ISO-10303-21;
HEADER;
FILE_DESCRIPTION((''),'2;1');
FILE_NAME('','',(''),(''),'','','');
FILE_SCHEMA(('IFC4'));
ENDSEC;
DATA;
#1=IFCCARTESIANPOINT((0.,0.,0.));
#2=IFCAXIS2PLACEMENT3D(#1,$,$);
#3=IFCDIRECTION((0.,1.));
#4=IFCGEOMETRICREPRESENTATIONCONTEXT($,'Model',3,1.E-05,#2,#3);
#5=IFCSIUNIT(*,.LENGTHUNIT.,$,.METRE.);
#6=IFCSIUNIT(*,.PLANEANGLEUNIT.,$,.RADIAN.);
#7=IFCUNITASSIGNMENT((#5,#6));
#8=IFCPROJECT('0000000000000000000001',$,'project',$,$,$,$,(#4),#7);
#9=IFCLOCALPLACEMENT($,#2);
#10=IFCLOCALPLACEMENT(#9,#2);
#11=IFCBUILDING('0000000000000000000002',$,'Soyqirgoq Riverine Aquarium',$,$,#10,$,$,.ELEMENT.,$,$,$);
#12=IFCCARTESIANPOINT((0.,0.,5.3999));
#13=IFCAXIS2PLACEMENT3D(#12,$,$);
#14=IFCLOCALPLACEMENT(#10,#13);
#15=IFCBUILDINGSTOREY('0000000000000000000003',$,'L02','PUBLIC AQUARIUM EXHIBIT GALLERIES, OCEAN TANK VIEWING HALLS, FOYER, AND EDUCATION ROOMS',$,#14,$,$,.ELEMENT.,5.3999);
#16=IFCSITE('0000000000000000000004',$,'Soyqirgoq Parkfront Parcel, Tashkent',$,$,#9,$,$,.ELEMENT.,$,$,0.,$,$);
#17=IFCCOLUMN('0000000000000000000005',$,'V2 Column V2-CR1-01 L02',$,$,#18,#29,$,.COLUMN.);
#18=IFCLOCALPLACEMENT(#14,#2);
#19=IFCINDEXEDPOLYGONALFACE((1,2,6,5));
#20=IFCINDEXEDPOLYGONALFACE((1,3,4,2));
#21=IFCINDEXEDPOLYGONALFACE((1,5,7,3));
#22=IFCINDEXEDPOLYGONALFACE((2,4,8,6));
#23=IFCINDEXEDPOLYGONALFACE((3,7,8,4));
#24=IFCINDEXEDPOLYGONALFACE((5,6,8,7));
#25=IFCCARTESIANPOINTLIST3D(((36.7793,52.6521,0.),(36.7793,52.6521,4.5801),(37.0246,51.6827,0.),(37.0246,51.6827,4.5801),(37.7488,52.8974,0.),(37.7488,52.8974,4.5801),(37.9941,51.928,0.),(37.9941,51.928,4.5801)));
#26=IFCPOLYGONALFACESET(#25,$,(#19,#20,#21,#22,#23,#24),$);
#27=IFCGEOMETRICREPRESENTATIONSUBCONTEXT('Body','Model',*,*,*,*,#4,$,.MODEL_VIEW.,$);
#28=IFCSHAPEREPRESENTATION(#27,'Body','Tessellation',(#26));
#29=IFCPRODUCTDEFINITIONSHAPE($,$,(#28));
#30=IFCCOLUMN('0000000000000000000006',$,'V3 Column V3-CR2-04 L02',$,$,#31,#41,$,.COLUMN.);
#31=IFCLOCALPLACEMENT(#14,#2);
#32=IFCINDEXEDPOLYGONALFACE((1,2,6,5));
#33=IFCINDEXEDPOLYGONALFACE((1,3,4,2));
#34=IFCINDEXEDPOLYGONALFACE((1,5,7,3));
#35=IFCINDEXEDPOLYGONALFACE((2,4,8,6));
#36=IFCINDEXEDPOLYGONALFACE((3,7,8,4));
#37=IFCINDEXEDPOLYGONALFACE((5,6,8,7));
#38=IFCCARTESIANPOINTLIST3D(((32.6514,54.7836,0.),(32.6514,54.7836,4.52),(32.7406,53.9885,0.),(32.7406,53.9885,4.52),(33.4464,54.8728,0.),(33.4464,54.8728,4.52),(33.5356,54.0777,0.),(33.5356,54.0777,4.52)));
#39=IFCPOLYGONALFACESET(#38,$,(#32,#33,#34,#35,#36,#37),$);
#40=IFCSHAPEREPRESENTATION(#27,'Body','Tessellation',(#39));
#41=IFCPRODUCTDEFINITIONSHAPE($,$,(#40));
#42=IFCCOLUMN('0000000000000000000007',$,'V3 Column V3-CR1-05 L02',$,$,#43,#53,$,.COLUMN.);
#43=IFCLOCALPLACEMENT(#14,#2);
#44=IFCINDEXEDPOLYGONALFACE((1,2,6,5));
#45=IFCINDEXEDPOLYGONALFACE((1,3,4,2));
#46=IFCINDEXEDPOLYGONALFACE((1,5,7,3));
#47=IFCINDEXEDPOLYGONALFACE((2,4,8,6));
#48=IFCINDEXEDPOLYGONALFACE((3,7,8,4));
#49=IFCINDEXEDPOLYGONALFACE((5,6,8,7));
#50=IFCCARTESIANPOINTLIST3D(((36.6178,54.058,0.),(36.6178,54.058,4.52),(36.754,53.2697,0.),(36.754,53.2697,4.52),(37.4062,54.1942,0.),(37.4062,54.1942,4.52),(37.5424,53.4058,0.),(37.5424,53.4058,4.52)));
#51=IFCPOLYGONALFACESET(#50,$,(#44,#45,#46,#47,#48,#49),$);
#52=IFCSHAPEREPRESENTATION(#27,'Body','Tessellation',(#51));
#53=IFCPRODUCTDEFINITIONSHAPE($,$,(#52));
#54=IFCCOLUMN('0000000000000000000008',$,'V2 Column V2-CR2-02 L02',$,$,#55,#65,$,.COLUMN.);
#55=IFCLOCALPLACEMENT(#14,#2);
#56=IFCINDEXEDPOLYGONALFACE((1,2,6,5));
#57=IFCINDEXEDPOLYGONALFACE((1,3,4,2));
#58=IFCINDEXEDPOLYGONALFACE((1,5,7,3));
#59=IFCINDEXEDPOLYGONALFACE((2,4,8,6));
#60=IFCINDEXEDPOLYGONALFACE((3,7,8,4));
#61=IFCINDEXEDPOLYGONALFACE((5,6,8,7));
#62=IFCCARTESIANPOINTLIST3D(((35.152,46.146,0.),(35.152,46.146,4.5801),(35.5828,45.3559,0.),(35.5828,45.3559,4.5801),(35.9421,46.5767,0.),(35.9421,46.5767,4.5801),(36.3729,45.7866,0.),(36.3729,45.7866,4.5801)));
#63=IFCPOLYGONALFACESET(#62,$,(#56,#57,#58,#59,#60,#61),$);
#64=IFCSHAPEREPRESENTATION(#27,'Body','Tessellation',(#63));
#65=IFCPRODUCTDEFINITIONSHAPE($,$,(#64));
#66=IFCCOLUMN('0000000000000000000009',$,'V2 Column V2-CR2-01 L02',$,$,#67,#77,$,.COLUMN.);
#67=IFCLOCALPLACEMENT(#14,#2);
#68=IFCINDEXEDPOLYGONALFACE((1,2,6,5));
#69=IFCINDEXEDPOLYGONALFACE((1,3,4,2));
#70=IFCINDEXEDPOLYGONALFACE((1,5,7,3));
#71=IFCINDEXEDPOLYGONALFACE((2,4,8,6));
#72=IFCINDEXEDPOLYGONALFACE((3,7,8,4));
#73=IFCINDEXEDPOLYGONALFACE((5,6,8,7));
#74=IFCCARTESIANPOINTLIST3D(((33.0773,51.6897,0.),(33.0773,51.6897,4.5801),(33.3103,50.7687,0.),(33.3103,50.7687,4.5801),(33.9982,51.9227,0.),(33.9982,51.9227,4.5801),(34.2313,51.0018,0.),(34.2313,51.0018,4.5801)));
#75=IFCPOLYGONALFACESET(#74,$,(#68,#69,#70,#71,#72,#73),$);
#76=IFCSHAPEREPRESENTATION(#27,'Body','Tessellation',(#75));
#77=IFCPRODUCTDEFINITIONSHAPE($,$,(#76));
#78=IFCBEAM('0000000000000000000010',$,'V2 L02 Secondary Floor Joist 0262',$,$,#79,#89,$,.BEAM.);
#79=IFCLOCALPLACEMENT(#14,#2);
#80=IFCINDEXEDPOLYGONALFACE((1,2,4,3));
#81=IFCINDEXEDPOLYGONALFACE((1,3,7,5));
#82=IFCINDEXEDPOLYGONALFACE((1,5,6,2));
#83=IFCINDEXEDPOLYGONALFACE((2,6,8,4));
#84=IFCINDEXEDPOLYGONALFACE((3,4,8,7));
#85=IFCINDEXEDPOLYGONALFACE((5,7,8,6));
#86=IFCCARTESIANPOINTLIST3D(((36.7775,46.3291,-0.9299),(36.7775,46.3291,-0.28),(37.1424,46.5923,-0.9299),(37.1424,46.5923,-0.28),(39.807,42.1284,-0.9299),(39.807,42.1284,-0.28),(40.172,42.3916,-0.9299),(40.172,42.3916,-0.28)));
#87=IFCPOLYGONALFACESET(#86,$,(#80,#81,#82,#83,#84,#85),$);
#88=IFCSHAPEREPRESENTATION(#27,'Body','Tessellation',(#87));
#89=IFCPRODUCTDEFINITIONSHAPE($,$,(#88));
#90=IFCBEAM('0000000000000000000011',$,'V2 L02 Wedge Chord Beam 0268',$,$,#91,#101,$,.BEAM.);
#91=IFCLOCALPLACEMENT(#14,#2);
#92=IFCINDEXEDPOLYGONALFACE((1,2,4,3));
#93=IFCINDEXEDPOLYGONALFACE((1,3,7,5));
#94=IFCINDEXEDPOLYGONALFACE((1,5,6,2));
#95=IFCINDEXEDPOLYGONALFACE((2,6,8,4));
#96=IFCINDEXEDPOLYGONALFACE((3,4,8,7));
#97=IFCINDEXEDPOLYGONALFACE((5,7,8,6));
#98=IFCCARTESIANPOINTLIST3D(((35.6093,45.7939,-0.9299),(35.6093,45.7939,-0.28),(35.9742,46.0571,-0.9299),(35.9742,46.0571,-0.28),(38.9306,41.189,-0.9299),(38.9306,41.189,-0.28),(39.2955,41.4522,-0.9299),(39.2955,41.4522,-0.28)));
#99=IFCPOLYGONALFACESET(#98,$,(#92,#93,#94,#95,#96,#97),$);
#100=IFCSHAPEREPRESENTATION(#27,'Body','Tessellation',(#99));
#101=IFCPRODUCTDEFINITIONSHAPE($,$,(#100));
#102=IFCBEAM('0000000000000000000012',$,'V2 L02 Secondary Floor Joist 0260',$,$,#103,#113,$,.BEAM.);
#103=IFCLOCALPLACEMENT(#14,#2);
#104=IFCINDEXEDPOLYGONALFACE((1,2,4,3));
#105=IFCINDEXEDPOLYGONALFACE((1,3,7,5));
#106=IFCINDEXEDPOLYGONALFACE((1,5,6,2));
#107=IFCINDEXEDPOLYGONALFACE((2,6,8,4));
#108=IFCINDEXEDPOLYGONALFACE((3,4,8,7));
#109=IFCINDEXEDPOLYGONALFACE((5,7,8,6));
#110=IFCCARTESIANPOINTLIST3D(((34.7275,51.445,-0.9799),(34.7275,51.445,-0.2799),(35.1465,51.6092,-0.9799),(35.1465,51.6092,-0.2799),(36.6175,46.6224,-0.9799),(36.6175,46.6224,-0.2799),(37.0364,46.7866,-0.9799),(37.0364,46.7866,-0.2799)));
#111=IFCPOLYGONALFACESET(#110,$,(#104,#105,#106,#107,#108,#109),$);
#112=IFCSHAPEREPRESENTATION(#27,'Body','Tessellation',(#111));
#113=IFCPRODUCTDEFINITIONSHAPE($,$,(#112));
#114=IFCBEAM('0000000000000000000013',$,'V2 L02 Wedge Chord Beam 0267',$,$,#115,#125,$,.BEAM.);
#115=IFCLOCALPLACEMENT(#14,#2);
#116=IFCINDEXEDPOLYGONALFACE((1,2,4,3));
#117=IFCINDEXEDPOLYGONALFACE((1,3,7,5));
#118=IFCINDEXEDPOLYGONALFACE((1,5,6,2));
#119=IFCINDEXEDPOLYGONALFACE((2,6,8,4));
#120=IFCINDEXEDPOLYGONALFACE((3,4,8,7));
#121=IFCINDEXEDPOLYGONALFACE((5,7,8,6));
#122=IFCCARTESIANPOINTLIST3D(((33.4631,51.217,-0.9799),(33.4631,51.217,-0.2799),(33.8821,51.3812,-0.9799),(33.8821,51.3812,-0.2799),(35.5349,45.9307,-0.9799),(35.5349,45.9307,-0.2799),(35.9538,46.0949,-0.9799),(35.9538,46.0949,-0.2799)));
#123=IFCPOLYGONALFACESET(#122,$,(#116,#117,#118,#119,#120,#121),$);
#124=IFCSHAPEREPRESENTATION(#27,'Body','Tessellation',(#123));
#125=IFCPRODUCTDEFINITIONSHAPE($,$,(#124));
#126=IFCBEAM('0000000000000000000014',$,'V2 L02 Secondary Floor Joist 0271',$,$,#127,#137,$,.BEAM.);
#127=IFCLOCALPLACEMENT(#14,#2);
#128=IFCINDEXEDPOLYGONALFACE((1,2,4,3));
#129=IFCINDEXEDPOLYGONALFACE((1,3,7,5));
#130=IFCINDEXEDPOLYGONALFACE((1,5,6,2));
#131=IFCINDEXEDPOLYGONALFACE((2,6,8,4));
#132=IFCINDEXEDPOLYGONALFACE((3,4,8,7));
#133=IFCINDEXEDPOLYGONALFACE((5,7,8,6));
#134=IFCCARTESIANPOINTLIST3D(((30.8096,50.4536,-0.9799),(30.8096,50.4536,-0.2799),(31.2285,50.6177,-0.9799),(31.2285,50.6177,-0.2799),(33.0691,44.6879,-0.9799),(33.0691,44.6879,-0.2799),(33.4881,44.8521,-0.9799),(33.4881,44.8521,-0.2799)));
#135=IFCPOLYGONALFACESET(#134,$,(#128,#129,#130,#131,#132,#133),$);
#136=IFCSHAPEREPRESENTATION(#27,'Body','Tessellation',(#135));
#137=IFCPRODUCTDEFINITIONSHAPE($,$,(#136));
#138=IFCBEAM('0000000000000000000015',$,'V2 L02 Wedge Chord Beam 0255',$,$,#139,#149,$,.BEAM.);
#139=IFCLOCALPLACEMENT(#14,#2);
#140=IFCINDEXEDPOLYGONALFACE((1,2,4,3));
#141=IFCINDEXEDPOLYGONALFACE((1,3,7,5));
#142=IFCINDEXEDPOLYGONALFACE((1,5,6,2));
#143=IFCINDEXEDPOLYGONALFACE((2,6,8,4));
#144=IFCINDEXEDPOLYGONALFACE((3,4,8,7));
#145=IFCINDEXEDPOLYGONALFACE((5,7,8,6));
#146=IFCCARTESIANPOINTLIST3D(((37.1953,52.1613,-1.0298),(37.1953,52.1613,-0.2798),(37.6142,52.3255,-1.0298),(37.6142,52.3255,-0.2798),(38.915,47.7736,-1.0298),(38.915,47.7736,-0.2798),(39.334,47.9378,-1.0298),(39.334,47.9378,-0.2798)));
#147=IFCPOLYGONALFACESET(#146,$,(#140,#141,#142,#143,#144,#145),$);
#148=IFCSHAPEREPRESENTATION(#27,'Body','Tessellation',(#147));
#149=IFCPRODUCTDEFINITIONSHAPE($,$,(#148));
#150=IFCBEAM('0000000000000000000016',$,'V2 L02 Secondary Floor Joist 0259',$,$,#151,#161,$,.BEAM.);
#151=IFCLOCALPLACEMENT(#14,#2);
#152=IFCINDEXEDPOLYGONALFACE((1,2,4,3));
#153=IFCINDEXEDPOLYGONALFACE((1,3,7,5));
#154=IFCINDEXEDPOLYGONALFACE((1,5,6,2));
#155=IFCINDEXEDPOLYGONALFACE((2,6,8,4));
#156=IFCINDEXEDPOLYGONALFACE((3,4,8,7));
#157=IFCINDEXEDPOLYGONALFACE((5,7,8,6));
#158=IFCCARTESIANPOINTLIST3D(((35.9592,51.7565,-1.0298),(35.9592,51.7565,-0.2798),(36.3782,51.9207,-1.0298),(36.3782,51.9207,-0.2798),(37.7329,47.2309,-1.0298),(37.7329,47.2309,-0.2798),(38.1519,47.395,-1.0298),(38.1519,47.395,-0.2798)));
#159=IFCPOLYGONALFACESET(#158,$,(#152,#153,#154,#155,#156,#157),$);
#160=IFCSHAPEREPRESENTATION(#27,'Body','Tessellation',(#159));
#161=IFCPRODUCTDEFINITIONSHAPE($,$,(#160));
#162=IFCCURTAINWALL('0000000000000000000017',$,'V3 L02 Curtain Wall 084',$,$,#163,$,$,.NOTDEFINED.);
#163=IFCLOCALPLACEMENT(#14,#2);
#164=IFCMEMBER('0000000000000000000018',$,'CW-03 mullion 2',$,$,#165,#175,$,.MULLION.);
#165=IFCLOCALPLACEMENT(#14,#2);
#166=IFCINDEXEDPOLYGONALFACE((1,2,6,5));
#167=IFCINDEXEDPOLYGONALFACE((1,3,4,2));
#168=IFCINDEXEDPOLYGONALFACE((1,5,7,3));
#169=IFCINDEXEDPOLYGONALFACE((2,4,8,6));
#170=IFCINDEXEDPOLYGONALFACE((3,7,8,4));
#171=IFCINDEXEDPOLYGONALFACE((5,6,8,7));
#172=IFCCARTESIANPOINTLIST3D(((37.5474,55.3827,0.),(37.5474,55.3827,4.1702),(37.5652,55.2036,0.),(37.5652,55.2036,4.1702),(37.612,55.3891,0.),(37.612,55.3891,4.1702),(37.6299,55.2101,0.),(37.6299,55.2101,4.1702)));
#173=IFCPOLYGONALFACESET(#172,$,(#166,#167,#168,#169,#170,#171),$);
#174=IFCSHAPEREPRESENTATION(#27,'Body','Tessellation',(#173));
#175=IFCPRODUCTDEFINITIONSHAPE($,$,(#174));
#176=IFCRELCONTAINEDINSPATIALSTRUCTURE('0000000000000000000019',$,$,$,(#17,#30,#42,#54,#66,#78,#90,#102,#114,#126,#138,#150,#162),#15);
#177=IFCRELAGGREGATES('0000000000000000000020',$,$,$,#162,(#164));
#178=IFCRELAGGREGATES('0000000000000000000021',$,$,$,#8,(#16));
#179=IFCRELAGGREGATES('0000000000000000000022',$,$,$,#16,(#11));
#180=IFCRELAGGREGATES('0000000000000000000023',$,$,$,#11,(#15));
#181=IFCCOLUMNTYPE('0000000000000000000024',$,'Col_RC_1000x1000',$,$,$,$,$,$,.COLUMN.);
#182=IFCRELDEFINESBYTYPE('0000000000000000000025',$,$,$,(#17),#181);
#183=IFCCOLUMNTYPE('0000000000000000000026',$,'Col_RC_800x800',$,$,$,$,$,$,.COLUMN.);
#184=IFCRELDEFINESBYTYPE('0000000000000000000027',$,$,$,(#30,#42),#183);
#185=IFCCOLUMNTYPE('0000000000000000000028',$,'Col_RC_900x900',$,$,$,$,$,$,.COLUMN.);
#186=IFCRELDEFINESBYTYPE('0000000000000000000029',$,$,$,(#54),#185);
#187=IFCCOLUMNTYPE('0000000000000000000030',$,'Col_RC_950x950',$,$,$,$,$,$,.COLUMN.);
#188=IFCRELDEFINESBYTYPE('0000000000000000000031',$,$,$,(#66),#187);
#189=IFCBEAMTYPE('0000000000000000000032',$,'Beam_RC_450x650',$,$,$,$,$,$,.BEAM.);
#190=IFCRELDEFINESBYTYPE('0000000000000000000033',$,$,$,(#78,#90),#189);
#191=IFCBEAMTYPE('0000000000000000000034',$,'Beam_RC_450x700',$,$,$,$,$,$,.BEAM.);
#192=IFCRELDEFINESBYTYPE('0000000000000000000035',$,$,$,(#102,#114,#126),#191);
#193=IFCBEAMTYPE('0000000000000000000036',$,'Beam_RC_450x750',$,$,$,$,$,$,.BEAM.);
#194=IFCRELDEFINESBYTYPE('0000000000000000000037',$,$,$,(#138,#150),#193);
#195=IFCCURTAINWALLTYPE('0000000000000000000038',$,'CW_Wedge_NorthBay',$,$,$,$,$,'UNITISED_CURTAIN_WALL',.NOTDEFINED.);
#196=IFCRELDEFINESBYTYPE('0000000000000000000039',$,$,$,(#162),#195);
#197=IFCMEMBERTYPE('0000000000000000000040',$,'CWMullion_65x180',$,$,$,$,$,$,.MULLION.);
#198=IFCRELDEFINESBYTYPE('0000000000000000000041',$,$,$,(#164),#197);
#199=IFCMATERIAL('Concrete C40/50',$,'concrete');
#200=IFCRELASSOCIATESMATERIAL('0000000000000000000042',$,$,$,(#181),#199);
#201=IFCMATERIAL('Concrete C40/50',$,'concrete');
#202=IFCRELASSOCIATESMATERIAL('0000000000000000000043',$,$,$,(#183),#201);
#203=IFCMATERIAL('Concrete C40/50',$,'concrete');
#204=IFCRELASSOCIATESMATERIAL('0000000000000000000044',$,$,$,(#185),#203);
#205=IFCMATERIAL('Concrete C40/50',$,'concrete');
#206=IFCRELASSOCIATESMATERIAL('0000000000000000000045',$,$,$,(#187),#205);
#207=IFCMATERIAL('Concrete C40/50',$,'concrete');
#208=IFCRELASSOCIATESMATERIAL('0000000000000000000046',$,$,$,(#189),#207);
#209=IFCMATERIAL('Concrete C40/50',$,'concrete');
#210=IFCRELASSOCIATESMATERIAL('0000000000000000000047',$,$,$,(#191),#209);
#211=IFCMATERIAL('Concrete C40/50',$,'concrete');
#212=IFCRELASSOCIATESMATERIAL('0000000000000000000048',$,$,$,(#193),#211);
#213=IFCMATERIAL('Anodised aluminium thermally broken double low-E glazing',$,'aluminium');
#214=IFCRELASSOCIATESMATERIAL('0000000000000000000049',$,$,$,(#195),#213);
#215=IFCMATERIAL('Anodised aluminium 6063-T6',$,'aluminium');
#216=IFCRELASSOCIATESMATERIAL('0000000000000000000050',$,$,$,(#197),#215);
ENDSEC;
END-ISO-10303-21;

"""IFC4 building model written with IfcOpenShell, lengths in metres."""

from ifc_helpers import new_model, si_unit, direction, frame, origin, origin_2d, place, context, subcontext, project, spatial, rectangle, extrude, material, material_profile, profile_set, type_object, element, aggregate, save


model = new_model("IFC4")

# Units and contexts
model_context = context("Model", 3, precision=1e-05, world=origin(), true_north=direction((0.0, 1.0)))
body_context = subcontext(model_context, "Body", "Model", "MODEL_VIEW")
ifc_project = project(units=[si_unit("LENGTHUNIT", "METRE"), si_unit("PLANEANGLEUNIT", "RADIAN")], contexts=[model_context])

# Site, building, storey
site_placement = place(None, origin())
site = spatial("IfcSite", under=ifc_project, at=site_placement, Name="Soyqirgoq Parkfront Parcel, Tashkent", CompositionType="ELEMENT", RefElevation=0.0)
building_placement = place(site_placement, origin())
building = spatial("IfcBuilding", under=site, at=building_placement, Name="Soyqirgoq Riverine Aquarium", CompositionType="ELEMENT")
storey_placement = place(building_placement, frame((0.0, 0.0, 5.3999)))
storey = spatial("IfcBuildingStorey", under=building, at=storey_placement, Name="L02", Description="PUBLIC AQUARIUM EXHIBIT GALLERIES, OCEAN TANK VIEWING HALLS, FOYER, AND EDUCATION ROOMS", CompositionType="ELEMENT", Elevation=5.3999)

# Columns
ifc_material_1 = material(Name="Concrete C40/50", Category="concrete")
ifc_material_profile_1 = material_profile(ifc_material_1, rectangle(XDim=1.0, YDim=1.0, at=origin_2d()), Name="RC 1000x1000")
ifc_profile_set_1 = profile_set([ifc_material_profile_1], Name="Concrete C40/50")
column_type_1 = type_object("IfcColumnType", Name="Col_RC_1000x1000", PredefinedType="COLUMN", material=ifc_profile_set_1)
column_1_placement = place(storey_placement, frame((37.3867, 52.29, 0.0), z_axis=(0.0, 0.0, 1.0), x_axis=(-0.969445, -0.245307, 0.0)))
element("IfcColumn", 1, at=column_1_placement, inside=storey, type_object=column_type_1, Name="V2 Column V2-CR1-01 L02", PredefinedType="COLUMN", context=body_context, shape_type="SweptSolid", body=[
    extrude(rectangle(XDim=1.0, YDim=1.0, at=origin_2d()), origin(), (0.0, 0.0, 1.0), 4.5801),
])
ifc_material_2 = material(Name="Concrete C40/50", Category="concrete")
ifc_material_profile_2 = material_profile(ifc_material_2, rectangle(XDim=0.8, YDim=0.8, at=origin_2d()), Name="RC 800x800")
ifc_profile_set_2 = profile_set([ifc_material_profile_2], Name="Concrete C40/50")
column_type_2 = type_object("IfcColumnType", Name="Col_RC_800x800", PredefinedType="COLUMN", material=ifc_profile_set_2)
for number, where, z_axis, x_axis, name in (
    (2, (33.0935, 54.4307, 0.0), (0.0, 0.0, 1.0), (-0.993768, -0.111469, 0.0), "V3 Column V3-CR2-04 L02"),
    (3, (37.0801, 53.7319, 0.0), (0.0, 0.0, 1.0), (-0.985408, -0.170209, 0.0), "V3 Column V3-CR1-05 L02"),
):
    element("IfcColumn", number, at=place(storey_placement, frame(where, z_axis=z_axis, x_axis=x_axis)), inside=storey, type_object=column_type_2, Name=name, PredefinedType="COLUMN", context=body_context, shape_type="SweptSolid", body=[
        extrude(rectangle(XDim=0.8, YDim=0.8, at=origin_2d()), origin(), (0.0, 0.0, 1.0), 4.52),
    ])
ifc_material_3 = material(Name="Concrete C40/50", Category="concrete")
ifc_material_profile_3 = material_profile(ifc_material_3, rectangle(XDim=0.8999, YDim=0.8999, at=origin_2d()), Name="RC 900x900")
ifc_profile_set_3 = profile_set([ifc_material_profile_3], Name="Concrete C40/50")
column_type_3 = type_object("IfcColumnType", Name="Col_RC_900x900", PredefinedType="COLUMN", material=ifc_profile_set_3)
column_2_placement = place(storey_placement, frame((35.7625, 45.9663, 0.0), z_axis=(0.0, 0.0, 1.0), x_axis=(-0.877983, -0.478692, 0.0)))
element("IfcColumn", 4, at=column_2_placement, inside=storey, type_object=column_type_3, Name="V2 Column V2-CR2-02 L02", PredefinedType="COLUMN", context=body_context, shape_type="SweptSolid", body=[
    extrude(rectangle(XDim=0.8999, YDim=0.8999, at=origin_2d()), origin(), (0.0, 0.0, 1.0), 4.5801),
])
ifc_material_4 = material(Name="Concrete C40/50", Category="concrete")
ifc_material_profile_4 = material_profile(ifc_material_4, rectangle(XDim=0.95, YDim=0.95, at=origin_2d()), Name="RC 950x950")
ifc_profile_set_4 = profile_set([ifc_material_profile_4], Name="Concrete C40/50")
column_type_4 = type_object("IfcColumnType", Name="Col_RC_950x950", PredefinedType="COLUMN", material=ifc_profile_set_4)
column_3_placement = place(storey_placement, frame((33.6543, 51.3457, 0.0), z_axis=(0.0, 0.0, 1.0), x_axis=(-0.969445, -0.245307, 0.0)))
element("IfcColumn", 5, at=column_3_placement, inside=storey, type_object=column_type_4, Name="V2 Column V2-CR2-01 L02", PredefinedType="COLUMN", context=body_context, shape_type="SweptSolid", body=[
    extrude(rectangle(XDim=0.95, YDim=0.95, at=origin_2d()), origin(), (0.0, 0.0, 1.0), 4.5801),
])

# Beams
ifc_material_5 = material(Name="Concrete C40/50", Category="concrete")
ifc_material_profile_5 = material_profile(ifc_material_5, rectangle(XDim=0.45, YDim=0.6499, at=origin_2d()), Name="RC 450x650")
ifc_profile_set_5 = profile_set([ifc_material_profile_5], Name="Concrete C40/50")
beam_type_1 = type_object("IfcBeamType", Name="Beam_RC_450x650", PredefinedType="BEAM", material=ifc_profile_set_5)
beam_1_placement = place(storey_placement, frame((36.96, 46.4607, -0.605), z_axis=(0.584947, -0.811072, 0.0), x_axis=(0.811072, 0.584947, 0.0)))
element("IfcBeam", 6, at=beam_1_placement, inside=storey, type_object=beam_type_1, Name="V2 L02 Secondary Floor Joist 0262", PredefinedType="BEAM", context=body_context, shape_type="SweptSolid", body=[
    extrude(rectangle(XDim=0.45, YDim=0.6499, at=origin_2d()), origin(), (0.0, 0.0, 1.0), 5.1792),
])
beam_2_placement = place(storey_placement, frame((35.7917, 45.9255, -0.605), z_axis=(0.584966, -0.811058, 0.0), x_axis=(0.811058, 0.584966, 0.0)))
element("IfcBeam", 7, at=beam_2_placement, inside=storey, type_object=beam_type_1, Name="V2 L02 Wedge Chord Beam 0268", PredefinedType="BEAM", context=body_context, shape_type="SweptSolid", body=[
    extrude(rectangle(XDim=0.45, YDim=0.6499, at=origin_2d()), origin(), (0.0, 0.0, 1.0), 5.6777),
])
ifc_material_6 = material(Name="Concrete C40/50", Category="concrete")
ifc_material_profile_6 = material_profile(ifc_material_6, rectangle(XDim=0.45, YDim=0.7, at=origin_2d()), Name="RC 450x700")
ifc_profile_set_6 = profile_set([ifc_material_profile_6], Name="Concrete C40/50")
beam_type_2 = type_object("IfcBeamType", Name="Beam_RC_450x700", PredefinedType="BEAM", material=ifc_profile_set_6)
beam_3_placement = place(storey_placement, frame((34.937, 51.5271, -0.6299), z_axis=(0.364872, -0.931058, 0.0), x_axis=(0.931058, 0.364872, 0.0)))
element("IfcBeam", 8, at=beam_3_placement, inside=storey, type_object=beam_type_2, Name="V2 L02 Secondary Floor Joist 0260", PredefinedType="BEAM", context=body_context, shape_type="SweptSolid", body=[
    extrude(rectangle(XDim=0.45, YDim=0.7, at=origin_2d()), origin(), (0.0, 0.0, 1.0), 5.1797),
])
beam_4_placement = place(storey_placement, frame((33.6726, 51.2991, -0.6299), z_axis=(0.364887, -0.931052, 0.0), x_axis=(0.931052, 0.364887, 0.0)))
element("IfcBeam", 9, at=beam_4_placement, inside=storey, type_object=beam_type_2, Name="V2 L02 Wedge Chord Beam 0267", PredefinedType="BEAM", context=body_context, shape_type="SweptSolid", body=[
    extrude(rectangle(XDim=0.45, YDim=0.7, at=origin_2d()), origin(), (0.0, 0.0, 1.0), 5.6777),
])
beam_5_placement = place(storey_placement, frame((31.019, 50.5356, -0.6299), z_axis=(0.364876, -0.931056, 0.0), x_axis=(0.931056, 0.364876, 0.0)))
element("IfcBeam", 10, at=beam_5_placement, inside=storey, type_object=beam_type_2, Name="V2 L02 Secondary Floor Joist 0271", PredefinedType="BEAM", context=body_context, shape_type="SweptSolid", body=[
    extrude(rectangle(XDim=0.45, YDim=0.7, at=origin_2d()), origin(), (0.0, 0.0, 1.0), 6.1926),
])
ifc_material_7 = material(Name="Concrete C40/50", Category="concrete")
ifc_material_profile_7 = material_profile(ifc_material_7, rectangle(XDim=0.45, YDim=0.75, at=origin_2d()), Name="RC 450x750")
ifc_profile_set_7 = profile_set([ifc_material_profile_7], Name="Concrete C40/50")
beam_type_3 = type_object("IfcBeamType", Name="Beam_RC_450x750", PredefinedType="BEAM", material=ifc_profile_set_7)
beam_6_placement = place(storey_placement, frame((37.4048, 52.2434, -0.6548), z_axis=(0.364915, -0.931041, 0.0), x_axis=(0.931041, 0.364915, 0.0)))
element("IfcBeam", 11, at=beam_6_placement, inside=storey, type_object=beam_type_3, Name="V2 L02 Wedge Chord Beam 0255", PredefinedType="BEAM", context=body_context, shape_type="SweptSolid", body=[
    extrude(rectangle(XDim=0.45, YDim=0.75, at=origin_2d()), origin(), (0.0, 0.0, 1.0), 4.7126),
])
beam_7_placement = place(storey_placement, frame((36.1687, 51.8386, -0.6548), z_axis=(0.364895, -0.931048, 0.0), x_axis=(0.931048, 0.364895, 0.0)))
element("IfcBeam", 12, at=beam_7_placement, inside=storey, type_object=beam_type_3, Name="V2 L02 Secondary Floor Joist 0259", PredefinedType="BEAM", context=body_context, shape_type="SweptSolid", body=[
    extrude(rectangle(XDim=0.45, YDim=0.75, at=origin_2d()), origin(), (0.0, 0.0, 1.0), 4.8608),
])

# Curtain wall, member
ifc_material_8 = material(Name="Anodised aluminium thermally broken double low-E glazing", Category="aluminium")
curtain_wall_type = type_object("IfcCurtainWallType", Name="CW_Wedge_NorthBay", ElementType="UNITISED_CURTAIN_WALL", PredefinedType="NOTDEFINED", material=ifc_material_8)
curtain_wall_placement = place(storey_placement, origin())
curtain_wall = element("IfcCurtainWall", 13, at=curtain_wall_placement, inside=storey, type_object=curtain_wall_type, Name="V3 L02 Curtain Wall 084", PredefinedType="NOTDEFINED")
ifc_material_9 = material(Name="Anodised aluminium 6063-T6", Category="aluminium")
ifc_material_profile_8 = material_profile(ifc_material_9, rectangle(XDim=0.0649, YDim=0.1799, at=origin_2d()), Name="ALU-M 65x180")
ifc_profile_set_8 = profile_set([ifc_material_profile_8], Name="Anodised aluminium 6063-T6")
member_type = type_object("IfcMemberType", Name="CWMullion_65x180", PredefinedType="MULLION", material=ifc_profile_set_8)
member_placement = place(storey_placement, frame((37.5886, 55.2964, 0.0), z_axis=(0.0, 0.0, 1.0), x_axis=(0.995074, 0.09914, 0.0)))
member = element("IfcMember", 14, at=member_placement, type_object=member_type, Name="CW-03 mullion 2", PredefinedType="MULLION", context=body_context, shape_type="SweptSolid", body=[
    extrude(rectangle(XDim=0.0649, YDim=0.1799, at=origin_2d()), origin(), (0.0, 0.0, 1.0), 4.1702),
])

aggregate(curtain_wall, [member])

save(model, "model.ifc")
